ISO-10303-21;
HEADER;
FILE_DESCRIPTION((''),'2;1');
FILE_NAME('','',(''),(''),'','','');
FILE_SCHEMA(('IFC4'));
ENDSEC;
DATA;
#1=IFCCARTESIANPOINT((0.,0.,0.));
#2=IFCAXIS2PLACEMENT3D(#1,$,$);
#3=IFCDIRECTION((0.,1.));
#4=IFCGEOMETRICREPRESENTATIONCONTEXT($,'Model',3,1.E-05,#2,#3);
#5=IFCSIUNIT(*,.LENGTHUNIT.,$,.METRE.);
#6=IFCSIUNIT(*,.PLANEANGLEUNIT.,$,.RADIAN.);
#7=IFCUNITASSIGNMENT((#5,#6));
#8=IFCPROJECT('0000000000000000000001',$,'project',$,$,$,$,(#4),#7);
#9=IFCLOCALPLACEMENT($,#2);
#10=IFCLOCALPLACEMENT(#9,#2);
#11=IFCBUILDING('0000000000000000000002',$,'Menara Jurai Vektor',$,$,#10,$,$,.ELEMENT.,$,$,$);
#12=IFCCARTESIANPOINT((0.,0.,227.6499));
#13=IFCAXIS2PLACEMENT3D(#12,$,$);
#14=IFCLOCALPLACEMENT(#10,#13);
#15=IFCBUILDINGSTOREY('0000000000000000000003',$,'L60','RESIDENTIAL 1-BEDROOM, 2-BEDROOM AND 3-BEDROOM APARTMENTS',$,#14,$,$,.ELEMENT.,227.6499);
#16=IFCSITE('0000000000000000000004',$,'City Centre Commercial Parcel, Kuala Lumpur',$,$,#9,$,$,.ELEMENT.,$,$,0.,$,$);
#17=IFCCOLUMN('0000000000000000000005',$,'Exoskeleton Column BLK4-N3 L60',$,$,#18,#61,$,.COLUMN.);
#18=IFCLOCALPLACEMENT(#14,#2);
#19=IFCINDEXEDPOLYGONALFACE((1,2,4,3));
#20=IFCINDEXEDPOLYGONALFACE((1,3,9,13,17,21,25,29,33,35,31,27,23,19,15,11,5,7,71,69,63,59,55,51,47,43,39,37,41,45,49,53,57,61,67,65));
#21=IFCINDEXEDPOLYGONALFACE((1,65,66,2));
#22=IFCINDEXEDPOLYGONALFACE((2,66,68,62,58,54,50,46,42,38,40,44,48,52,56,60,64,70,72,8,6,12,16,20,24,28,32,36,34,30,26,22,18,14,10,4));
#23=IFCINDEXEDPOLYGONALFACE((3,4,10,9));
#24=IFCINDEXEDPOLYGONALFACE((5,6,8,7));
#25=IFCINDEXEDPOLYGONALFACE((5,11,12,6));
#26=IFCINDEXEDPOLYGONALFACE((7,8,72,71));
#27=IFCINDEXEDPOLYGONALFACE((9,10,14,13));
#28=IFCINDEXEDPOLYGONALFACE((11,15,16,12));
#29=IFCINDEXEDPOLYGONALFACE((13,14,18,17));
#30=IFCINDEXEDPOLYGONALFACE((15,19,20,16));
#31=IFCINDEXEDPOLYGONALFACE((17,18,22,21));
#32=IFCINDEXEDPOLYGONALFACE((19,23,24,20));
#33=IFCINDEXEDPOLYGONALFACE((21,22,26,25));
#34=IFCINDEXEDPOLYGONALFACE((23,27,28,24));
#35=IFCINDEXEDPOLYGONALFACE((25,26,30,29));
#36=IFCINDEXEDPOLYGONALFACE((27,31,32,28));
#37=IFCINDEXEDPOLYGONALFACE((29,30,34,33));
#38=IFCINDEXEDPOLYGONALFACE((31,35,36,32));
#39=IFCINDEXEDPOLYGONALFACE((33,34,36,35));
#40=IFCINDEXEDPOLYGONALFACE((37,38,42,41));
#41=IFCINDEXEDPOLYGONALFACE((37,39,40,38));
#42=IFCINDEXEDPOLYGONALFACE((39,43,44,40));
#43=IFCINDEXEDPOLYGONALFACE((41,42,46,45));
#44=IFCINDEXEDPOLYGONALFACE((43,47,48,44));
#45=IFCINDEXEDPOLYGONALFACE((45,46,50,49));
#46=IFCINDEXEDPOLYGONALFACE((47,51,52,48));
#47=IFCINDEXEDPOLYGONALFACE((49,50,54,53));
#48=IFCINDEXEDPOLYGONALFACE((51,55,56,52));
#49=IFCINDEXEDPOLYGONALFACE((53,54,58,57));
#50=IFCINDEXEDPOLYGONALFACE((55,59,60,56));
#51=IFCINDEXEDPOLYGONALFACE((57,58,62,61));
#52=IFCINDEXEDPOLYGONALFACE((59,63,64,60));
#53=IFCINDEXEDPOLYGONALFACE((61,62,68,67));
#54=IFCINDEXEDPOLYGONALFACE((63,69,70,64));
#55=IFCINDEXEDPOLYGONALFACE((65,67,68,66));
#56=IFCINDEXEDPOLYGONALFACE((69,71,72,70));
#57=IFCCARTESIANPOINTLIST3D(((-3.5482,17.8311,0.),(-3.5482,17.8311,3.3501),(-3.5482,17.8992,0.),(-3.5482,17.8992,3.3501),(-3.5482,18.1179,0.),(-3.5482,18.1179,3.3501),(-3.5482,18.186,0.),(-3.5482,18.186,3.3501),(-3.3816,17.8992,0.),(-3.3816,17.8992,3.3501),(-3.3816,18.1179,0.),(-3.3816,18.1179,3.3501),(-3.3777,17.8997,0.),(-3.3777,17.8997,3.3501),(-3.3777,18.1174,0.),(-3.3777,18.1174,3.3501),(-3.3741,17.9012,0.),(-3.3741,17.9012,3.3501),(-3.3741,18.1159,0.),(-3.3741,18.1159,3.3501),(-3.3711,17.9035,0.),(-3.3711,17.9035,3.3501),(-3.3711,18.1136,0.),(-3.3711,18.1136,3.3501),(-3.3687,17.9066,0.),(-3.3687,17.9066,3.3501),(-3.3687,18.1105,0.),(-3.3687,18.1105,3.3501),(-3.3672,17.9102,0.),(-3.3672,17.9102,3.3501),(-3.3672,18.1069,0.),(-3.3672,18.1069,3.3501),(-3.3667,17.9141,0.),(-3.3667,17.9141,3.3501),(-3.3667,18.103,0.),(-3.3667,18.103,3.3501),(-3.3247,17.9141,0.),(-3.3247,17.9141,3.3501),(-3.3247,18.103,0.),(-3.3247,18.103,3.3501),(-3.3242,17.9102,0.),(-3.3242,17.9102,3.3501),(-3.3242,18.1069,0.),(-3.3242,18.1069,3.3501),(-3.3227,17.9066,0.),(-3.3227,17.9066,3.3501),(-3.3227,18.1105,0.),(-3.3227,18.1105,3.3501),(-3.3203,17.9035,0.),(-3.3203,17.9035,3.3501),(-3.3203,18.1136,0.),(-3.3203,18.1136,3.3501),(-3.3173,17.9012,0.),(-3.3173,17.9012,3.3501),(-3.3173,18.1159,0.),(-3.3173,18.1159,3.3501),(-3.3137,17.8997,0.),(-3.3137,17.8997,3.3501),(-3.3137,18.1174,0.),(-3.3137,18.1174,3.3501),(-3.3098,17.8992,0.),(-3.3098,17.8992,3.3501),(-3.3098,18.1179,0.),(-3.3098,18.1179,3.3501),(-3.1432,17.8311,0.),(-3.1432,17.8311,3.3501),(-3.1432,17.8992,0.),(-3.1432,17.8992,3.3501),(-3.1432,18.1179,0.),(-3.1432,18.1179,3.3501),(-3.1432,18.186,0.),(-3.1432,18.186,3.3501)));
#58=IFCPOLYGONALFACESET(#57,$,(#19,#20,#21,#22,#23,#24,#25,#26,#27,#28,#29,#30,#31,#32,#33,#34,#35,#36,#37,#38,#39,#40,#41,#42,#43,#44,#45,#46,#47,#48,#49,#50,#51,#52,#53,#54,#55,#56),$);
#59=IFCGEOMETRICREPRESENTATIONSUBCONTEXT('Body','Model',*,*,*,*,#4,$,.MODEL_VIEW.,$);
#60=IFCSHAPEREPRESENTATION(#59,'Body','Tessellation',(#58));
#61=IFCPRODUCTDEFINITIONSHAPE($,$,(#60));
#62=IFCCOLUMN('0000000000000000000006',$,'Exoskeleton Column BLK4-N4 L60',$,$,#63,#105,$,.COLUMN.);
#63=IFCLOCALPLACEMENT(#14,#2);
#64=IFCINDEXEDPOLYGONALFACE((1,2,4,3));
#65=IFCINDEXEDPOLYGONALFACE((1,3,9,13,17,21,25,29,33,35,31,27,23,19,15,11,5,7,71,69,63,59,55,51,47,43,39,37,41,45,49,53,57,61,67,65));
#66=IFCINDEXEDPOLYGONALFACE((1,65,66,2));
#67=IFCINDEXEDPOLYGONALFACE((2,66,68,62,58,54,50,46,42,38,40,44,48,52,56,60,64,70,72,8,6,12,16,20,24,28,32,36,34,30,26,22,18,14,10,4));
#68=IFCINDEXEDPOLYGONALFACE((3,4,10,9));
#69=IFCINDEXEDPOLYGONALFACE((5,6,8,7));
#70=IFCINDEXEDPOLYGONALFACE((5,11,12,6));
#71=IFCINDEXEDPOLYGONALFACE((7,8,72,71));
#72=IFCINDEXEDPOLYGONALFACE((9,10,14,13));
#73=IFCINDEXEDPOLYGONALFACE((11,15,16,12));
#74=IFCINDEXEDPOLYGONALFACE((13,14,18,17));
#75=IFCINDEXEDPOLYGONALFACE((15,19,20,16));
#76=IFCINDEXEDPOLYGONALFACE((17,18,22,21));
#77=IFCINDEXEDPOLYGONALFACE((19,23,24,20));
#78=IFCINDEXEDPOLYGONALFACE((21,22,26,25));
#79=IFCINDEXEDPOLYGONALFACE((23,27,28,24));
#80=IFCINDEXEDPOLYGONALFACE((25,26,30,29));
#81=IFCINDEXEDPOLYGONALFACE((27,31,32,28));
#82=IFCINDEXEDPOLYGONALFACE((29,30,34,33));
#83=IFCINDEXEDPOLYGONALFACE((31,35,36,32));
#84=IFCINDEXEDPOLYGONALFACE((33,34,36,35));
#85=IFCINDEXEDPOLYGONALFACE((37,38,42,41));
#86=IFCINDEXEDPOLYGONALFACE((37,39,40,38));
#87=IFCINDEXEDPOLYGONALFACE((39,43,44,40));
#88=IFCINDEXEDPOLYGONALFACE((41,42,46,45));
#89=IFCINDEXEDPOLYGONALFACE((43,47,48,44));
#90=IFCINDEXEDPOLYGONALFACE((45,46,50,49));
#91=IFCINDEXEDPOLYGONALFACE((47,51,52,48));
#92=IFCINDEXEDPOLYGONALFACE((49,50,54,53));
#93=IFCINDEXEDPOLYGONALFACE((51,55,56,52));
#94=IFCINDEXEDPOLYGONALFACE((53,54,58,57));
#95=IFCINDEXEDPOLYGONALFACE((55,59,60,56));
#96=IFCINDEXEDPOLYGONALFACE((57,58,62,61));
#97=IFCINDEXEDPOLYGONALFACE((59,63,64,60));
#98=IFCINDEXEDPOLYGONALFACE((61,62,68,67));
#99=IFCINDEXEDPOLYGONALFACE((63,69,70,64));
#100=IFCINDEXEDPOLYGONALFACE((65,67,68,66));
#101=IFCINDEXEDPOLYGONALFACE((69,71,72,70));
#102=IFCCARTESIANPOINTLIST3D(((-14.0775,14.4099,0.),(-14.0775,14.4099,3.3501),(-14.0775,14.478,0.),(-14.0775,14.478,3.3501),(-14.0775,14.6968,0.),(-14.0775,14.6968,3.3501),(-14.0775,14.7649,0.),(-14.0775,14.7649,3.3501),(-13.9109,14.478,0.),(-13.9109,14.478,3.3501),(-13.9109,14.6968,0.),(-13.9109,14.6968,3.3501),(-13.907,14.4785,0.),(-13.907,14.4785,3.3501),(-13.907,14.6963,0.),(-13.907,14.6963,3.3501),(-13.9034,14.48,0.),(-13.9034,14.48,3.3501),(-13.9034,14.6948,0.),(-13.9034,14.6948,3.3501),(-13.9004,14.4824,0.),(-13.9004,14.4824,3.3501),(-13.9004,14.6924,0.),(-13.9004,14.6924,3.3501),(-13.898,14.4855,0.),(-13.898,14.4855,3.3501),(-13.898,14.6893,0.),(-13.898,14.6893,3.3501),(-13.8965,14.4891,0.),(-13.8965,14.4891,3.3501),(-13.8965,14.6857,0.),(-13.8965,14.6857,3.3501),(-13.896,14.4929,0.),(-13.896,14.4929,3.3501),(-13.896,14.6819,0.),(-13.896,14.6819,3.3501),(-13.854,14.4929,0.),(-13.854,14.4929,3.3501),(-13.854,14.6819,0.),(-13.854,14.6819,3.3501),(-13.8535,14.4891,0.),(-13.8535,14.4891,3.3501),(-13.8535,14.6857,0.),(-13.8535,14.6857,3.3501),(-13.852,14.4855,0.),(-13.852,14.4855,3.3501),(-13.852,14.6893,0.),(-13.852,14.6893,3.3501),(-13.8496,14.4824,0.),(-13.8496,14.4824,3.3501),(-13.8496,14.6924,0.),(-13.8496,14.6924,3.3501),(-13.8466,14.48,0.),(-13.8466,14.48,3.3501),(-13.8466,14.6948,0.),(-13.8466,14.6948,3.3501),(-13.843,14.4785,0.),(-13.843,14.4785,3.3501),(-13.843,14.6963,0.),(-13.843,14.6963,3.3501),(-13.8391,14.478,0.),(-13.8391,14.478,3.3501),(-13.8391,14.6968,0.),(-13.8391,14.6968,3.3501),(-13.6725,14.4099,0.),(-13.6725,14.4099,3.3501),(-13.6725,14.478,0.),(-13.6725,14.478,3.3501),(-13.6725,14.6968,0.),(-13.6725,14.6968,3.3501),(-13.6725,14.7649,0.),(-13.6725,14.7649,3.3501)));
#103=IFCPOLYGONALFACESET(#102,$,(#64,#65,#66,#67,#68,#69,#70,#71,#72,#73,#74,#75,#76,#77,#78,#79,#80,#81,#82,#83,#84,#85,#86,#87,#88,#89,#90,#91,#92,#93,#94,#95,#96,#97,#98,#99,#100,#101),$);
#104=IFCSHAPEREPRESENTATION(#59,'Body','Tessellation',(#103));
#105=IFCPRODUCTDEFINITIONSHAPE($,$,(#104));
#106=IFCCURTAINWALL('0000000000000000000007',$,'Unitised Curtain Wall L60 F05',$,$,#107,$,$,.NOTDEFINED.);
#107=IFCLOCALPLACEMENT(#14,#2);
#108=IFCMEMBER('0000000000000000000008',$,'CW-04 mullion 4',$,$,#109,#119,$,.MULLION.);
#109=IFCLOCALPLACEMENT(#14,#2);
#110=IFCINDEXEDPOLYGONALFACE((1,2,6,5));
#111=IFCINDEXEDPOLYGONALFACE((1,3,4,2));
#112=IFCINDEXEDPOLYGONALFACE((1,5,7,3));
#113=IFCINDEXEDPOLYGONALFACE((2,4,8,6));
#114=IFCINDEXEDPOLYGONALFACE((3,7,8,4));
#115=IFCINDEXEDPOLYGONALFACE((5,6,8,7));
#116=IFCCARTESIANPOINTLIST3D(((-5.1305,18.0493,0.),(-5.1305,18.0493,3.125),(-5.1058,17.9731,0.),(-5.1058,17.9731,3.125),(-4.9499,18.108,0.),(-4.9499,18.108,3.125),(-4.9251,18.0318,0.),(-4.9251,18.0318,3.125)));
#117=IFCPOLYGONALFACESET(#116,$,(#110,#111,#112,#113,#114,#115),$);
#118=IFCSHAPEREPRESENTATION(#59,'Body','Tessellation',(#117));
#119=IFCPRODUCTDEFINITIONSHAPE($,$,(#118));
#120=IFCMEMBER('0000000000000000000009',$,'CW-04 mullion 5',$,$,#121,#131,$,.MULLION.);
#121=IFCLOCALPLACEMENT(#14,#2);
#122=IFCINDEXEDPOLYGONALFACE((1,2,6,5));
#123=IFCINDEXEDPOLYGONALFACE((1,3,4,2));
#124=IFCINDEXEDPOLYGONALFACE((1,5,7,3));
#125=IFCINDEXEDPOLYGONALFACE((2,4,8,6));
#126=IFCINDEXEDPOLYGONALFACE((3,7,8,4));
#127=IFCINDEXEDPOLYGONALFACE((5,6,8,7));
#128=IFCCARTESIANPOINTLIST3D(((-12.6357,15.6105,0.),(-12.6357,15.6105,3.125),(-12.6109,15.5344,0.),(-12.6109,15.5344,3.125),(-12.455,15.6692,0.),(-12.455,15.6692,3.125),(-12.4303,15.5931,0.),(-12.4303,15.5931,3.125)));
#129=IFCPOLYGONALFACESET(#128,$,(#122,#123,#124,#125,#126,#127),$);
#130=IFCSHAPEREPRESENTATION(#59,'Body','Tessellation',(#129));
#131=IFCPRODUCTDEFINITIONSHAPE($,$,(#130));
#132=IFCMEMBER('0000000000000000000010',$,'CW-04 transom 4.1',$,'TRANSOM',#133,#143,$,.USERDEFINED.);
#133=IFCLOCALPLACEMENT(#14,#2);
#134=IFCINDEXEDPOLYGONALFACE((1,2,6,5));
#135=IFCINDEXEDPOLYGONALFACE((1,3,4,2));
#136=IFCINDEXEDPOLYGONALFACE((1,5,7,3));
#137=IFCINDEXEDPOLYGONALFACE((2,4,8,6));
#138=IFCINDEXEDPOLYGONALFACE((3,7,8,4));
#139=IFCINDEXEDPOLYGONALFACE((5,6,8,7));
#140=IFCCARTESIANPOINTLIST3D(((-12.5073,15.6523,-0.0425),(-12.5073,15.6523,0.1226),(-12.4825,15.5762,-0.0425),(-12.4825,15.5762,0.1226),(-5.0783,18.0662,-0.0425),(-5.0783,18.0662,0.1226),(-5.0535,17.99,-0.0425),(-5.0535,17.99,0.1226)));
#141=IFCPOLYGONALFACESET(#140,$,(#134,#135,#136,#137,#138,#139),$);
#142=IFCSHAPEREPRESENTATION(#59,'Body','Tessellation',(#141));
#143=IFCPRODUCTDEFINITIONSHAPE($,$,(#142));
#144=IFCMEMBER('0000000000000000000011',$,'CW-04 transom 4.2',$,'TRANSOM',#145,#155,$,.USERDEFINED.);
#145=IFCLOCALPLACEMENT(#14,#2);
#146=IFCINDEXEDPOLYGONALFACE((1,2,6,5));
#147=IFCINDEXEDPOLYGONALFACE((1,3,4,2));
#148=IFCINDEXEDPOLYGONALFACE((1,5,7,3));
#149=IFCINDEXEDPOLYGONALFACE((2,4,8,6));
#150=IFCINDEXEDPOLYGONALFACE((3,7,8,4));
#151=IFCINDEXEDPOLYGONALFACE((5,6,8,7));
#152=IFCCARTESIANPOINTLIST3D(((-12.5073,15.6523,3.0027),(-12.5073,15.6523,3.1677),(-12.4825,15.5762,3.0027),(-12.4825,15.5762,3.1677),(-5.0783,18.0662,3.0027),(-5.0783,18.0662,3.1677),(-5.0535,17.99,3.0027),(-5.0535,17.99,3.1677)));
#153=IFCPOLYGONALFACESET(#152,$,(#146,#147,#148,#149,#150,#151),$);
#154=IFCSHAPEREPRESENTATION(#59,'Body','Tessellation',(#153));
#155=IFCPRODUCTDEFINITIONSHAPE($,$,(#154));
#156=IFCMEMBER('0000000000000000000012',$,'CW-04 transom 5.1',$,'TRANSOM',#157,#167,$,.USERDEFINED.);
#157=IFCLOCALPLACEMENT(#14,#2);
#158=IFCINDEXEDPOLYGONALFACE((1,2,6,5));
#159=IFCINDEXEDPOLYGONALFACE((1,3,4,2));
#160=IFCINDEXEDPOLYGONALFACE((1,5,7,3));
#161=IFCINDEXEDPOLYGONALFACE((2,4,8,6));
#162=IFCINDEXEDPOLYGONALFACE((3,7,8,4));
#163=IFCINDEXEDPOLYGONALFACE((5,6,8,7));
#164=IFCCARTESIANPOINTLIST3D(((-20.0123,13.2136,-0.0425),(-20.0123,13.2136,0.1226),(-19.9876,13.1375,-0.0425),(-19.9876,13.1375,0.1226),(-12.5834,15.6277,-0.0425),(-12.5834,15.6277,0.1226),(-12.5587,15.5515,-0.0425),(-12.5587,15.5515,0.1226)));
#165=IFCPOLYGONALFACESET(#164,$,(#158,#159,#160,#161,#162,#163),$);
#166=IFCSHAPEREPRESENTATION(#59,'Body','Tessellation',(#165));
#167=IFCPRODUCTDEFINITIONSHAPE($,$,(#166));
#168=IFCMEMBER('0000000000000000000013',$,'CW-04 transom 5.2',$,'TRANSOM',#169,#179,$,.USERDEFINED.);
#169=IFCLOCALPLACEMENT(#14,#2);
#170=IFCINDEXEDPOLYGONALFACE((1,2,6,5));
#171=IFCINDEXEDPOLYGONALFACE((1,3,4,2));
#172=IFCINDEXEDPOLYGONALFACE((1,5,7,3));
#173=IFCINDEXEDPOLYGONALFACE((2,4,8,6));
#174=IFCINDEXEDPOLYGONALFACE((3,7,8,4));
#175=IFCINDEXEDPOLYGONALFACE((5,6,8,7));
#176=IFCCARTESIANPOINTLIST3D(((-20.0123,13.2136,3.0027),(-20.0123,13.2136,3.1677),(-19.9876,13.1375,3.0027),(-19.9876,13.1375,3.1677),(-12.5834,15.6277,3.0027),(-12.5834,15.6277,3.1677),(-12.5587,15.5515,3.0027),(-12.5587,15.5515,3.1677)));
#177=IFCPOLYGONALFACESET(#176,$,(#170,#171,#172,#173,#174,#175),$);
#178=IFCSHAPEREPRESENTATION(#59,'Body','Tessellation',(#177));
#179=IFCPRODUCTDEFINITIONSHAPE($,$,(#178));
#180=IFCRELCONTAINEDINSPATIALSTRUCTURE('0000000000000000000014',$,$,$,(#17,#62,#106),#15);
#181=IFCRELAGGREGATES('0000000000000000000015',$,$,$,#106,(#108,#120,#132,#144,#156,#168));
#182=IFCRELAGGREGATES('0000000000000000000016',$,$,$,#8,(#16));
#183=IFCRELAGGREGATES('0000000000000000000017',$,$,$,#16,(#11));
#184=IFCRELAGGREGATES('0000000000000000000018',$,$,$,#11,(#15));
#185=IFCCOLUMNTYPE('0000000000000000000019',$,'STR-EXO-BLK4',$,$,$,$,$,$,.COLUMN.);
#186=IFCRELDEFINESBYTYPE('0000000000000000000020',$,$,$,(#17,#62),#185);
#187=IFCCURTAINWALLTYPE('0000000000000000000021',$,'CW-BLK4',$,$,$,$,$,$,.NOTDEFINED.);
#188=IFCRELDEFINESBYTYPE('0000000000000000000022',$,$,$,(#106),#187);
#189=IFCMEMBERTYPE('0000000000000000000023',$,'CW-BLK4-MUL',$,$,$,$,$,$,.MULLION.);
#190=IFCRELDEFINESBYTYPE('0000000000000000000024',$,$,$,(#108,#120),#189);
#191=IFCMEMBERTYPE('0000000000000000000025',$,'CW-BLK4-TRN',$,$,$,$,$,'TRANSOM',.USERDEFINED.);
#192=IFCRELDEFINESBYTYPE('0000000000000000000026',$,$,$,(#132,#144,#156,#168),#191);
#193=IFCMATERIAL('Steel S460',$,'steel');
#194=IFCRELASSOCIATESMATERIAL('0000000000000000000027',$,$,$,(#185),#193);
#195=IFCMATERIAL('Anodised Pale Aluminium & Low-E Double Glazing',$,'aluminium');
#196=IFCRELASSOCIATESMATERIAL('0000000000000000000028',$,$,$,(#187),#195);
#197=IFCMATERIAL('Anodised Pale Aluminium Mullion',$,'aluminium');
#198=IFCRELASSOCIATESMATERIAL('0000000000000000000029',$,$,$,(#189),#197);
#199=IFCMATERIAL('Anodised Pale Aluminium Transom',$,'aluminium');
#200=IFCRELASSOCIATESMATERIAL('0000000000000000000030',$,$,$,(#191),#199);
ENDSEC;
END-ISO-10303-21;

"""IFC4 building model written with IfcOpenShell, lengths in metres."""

from ifc_helpers import new_model, si_unit, direction, frame, origin, origin_2d, place, context, subcontext, project, spatial, rectangle, i_section, extrude, material, material_profile, profile_set, type_object, element, aggregate, save


model = new_model("IFC4")

# Units and contexts
model_context = context("Model", 3, precision=1e-05, world=origin(), true_north=direction((0.0, 1.0)))
body_context = subcontext(model_context, "Body", "Model", "MODEL_VIEW")
ifc_project = project(units=[si_unit("LENGTHUNIT", "METRE"), si_unit("PLANEANGLEUNIT", "RADIAN")], contexts=[model_context])

# Site, building, storey
site_placement = place(None, origin())
site = spatial("IfcSite", under=ifc_project, at=site_placement, Name="City Centre Commercial Parcel, Kuala Lumpur", CompositionType="ELEMENT", RefElevation=0.0)
building_placement = place(site_placement, origin())
building = spatial("IfcBuilding", under=site, at=building_placement, Name="Menara Jurai Vektor", CompositionType="ELEMENT")
storey_placement = place(building_placement, frame((0.0, 0.0, 227.6499)))
storey = spatial("IfcBuildingStorey", under=building, at=storey_placement, Name="L60", Description="RESIDENTIAL 1-BEDROOM, 2-BEDROOM AND 3-BEDROOM APARTMENTS", CompositionType="ELEMENT", Elevation=227.6499)

# Columns
ifc_material_1 = material(Name="Steel S460", Category="steel")
ifc_material_profile_1 = material_profile(ifc_material_1, i_section(OverallWidth=0.405, OverallDepth=0.355, WebThickness=0.042, FlangeThickness=0.0681, FilletRadius=0.0149, at=origin_2d()), Name="HD 400x551")
ifc_profile_set_1 = profile_set([ifc_material_profile_1], Name="Steel S460")
column_type = type_object("IfcColumnType", Name="STR-EXO-BLK4", PredefinedType="COLUMN", material=ifc_profile_set_1)
for number, where, z_axis, x_axis, name in (
    (1, (-3.3457, 18.0085, 0.0), (0.0, 0.0, 1.0), (1.0, 0.0, 0.0), "Exoskeleton Column BLK4-N3 L60"),
    (2, (-13.875, 14.5874, 0.0), (0.0, 0.0, 1.0), (1.0, 0.0, 0.0), "Exoskeleton Column BLK4-N4 L60"),
):
    element("IfcColumn", number, at=place(storey_placement, frame(where, z_axis=z_axis, x_axis=x_axis)), inside=storey, type_object=column_type, Name=name, PredefinedType="COLUMN", context=body_context, shape_type="SweptSolid", body=[
        extrude(i_section(OverallWidth=0.405, OverallDepth=0.355, WebThickness=0.042, FlangeThickness=0.0681, FilletRadius=0.0149, at=origin_2d()), origin(), (0.0, 0.0, 1.0), 3.3501),
    ])

# Curtain wall, members
ifc_material_2 = material(Name="Anodised Pale Aluminium & Low-E Double Glazing", Category="aluminium")
curtain_wall_type = type_object("IfcCurtainWallType", Name="CW-BLK4", PredefinedType="NOTDEFINED", material=ifc_material_2)
curtain_wall_placement = place(storey_placement, origin())
curtain_wall = element("IfcCurtainWall", 3, at=curtain_wall_placement, inside=storey, type_object=curtain_wall_type, Name="Unitised Curtain Wall L60 F05", PredefinedType="NOTDEFINED")
ifc_material_3 = material(Name="Anodised Pale Aluminium Mullion", Category="aluminium")
ifc_material_profile_2 = material_profile(ifc_material_3, rectangle(XDim=0.0801, YDim=0.1899, at=origin_2d()), Name="ALU MUL 80x190")
ifc_profile_set_2 = profile_set([ifc_material_profile_2], Name="Anodised Pale Aluminium Mullion")
member_type_1 = type_object("IfcMemberType", Name="CW-BLK4-MUL", PredefinedType="MULLION", material=ifc_profile_set_2)
member_1_placement = place(storey_placement, frame((-5.0278, 18.0405, 0.0), z_axis=(0.0, 0.0, 1.0), x_axis=(0.309017, -0.951056, 0.0)))
member_1 = element("IfcMember", 4, at=member_1_placement, type_object=member_type_1, Name="CW-04 mullion 4", PredefinedType="MULLION", context=body_context, shape_type="SweptSolid", body=[
    extrude(rectangle(XDim=0.0801, YDim=0.1899, at=origin_2d()), origin(), (0.0, 0.0, 1.0), 3.125),
])
member_2_placement = place(storey_placement, frame((-12.533, 15.6018, 0.0), z_axis=(0.0, 0.0, 1.0), x_axis=(0.309017, -0.951056, 0.0)))
member_2 = element("IfcMember", 5, at=member_2_placement, type_object=member_type_1, Name="CW-04 mullion 5", PredefinedType="MULLION", context=body_context, shape_type="SweptSolid", body=[
    extrude(rectangle(XDim=0.0801, YDim=0.1899, at=origin_2d()), origin(), (0.0, 0.0, 1.0), 3.125),
])
ifc_material_4 = material(Name="Anodised Pale Aluminium Transom", Category="aluminium")
ifc_material_profile_3 = material_profile(ifc_material_4, rectangle(XDim=0.0801, YDim=0.165, at=origin_2d()), Name="ALU TRN 80x165")
ifc_profile_set_3 = profile_set([ifc_material_profile_3], Name="Anodised Pale Aluminium Transom")
member_type_2 = type_object("IfcMemberType", Name="CW-BLK4-TRN", ElementType="TRANSOM", PredefinedType="USERDEFINED", material=ifc_profile_set_3)
member_3_placement = place(storey_placement, frame((-5.0659, 18.0281, 0.04), z_axis=(-0.951056, -0.309018, 0.0), x_axis=(0.309018, -0.951056, 0.0)))
member_3 = element("IfcMember", 6, at=member_3_placement, type_object=member_type_2, Name="CW-04 transom 4.1", ObjectType="TRANSOM", PredefinedType="USERDEFINED", context=body_context, shape_type="SweptSolid", body=[
    extrude(rectangle(XDim=0.0801, YDim=0.165, at=origin_2d()), origin(), (0.0, 0.0, 1.0), 7.8113),
])
member_4_placement = place(storey_placement, frame((-5.0659, 18.0281, 3.0852), z_axis=(-0.951056, -0.309018, 0.0), x_axis=(0.309018, -0.951056, 0.0)))
member_4 = element("IfcMember", 7, at=member_4_placement, type_object=member_type_2, Name="CW-04 transom 4.2", ObjectType="TRANSOM", PredefinedType="USERDEFINED", context=body_context, shape_type="SweptSolid", body=[
    extrude(rectangle(XDim=0.0801, YDim=0.165, at=origin_2d()), origin(), (0.0, 0.0, 1.0), 7.8113),
])
member_5_placement = place(storey_placement, frame((-12.571, 15.5896, 0.04), z_axis=(-0.951047, -0.309046, 0.0), x_axis=(0.309046, -0.951047, 0.0)))
member_5 = element("IfcMember", 8, at=member_5_placement, type_object=member_type_2, Name="CW-04 transom 5.1", ObjectType="TRANSOM", PredefinedType="USERDEFINED", context=body_context, shape_type="SweptSolid", body=[
    extrude(rectangle(XDim=0.0801, YDim=0.165, at=origin_2d()), origin(), (0.0, 0.0, 1.0), 7.8113),
])
member_6_placement = place(storey_placement, frame((-12.571, 15.5896, 3.0852), z_axis=(-0.951047, -0.309046, 0.0), x_axis=(0.309046, -0.951047, 0.0)))
member_6 = element("IfcMember", 9, at=member_6_placement, type_object=member_type_2, Name="CW-04 transom 5.2", ObjectType="TRANSOM", PredefinedType="USERDEFINED", context=body_context, shape_type="SweptSolid", body=[
    extrude(rectangle(XDim=0.0801, YDim=0.165, at=origin_2d()), origin(), (0.0, 0.0, 1.0), 7.8113),
])

aggregate(curtain_wall, [member_1, member_2, member_3, member_4, member_5, member_6])

save(model, "model.ifc")
